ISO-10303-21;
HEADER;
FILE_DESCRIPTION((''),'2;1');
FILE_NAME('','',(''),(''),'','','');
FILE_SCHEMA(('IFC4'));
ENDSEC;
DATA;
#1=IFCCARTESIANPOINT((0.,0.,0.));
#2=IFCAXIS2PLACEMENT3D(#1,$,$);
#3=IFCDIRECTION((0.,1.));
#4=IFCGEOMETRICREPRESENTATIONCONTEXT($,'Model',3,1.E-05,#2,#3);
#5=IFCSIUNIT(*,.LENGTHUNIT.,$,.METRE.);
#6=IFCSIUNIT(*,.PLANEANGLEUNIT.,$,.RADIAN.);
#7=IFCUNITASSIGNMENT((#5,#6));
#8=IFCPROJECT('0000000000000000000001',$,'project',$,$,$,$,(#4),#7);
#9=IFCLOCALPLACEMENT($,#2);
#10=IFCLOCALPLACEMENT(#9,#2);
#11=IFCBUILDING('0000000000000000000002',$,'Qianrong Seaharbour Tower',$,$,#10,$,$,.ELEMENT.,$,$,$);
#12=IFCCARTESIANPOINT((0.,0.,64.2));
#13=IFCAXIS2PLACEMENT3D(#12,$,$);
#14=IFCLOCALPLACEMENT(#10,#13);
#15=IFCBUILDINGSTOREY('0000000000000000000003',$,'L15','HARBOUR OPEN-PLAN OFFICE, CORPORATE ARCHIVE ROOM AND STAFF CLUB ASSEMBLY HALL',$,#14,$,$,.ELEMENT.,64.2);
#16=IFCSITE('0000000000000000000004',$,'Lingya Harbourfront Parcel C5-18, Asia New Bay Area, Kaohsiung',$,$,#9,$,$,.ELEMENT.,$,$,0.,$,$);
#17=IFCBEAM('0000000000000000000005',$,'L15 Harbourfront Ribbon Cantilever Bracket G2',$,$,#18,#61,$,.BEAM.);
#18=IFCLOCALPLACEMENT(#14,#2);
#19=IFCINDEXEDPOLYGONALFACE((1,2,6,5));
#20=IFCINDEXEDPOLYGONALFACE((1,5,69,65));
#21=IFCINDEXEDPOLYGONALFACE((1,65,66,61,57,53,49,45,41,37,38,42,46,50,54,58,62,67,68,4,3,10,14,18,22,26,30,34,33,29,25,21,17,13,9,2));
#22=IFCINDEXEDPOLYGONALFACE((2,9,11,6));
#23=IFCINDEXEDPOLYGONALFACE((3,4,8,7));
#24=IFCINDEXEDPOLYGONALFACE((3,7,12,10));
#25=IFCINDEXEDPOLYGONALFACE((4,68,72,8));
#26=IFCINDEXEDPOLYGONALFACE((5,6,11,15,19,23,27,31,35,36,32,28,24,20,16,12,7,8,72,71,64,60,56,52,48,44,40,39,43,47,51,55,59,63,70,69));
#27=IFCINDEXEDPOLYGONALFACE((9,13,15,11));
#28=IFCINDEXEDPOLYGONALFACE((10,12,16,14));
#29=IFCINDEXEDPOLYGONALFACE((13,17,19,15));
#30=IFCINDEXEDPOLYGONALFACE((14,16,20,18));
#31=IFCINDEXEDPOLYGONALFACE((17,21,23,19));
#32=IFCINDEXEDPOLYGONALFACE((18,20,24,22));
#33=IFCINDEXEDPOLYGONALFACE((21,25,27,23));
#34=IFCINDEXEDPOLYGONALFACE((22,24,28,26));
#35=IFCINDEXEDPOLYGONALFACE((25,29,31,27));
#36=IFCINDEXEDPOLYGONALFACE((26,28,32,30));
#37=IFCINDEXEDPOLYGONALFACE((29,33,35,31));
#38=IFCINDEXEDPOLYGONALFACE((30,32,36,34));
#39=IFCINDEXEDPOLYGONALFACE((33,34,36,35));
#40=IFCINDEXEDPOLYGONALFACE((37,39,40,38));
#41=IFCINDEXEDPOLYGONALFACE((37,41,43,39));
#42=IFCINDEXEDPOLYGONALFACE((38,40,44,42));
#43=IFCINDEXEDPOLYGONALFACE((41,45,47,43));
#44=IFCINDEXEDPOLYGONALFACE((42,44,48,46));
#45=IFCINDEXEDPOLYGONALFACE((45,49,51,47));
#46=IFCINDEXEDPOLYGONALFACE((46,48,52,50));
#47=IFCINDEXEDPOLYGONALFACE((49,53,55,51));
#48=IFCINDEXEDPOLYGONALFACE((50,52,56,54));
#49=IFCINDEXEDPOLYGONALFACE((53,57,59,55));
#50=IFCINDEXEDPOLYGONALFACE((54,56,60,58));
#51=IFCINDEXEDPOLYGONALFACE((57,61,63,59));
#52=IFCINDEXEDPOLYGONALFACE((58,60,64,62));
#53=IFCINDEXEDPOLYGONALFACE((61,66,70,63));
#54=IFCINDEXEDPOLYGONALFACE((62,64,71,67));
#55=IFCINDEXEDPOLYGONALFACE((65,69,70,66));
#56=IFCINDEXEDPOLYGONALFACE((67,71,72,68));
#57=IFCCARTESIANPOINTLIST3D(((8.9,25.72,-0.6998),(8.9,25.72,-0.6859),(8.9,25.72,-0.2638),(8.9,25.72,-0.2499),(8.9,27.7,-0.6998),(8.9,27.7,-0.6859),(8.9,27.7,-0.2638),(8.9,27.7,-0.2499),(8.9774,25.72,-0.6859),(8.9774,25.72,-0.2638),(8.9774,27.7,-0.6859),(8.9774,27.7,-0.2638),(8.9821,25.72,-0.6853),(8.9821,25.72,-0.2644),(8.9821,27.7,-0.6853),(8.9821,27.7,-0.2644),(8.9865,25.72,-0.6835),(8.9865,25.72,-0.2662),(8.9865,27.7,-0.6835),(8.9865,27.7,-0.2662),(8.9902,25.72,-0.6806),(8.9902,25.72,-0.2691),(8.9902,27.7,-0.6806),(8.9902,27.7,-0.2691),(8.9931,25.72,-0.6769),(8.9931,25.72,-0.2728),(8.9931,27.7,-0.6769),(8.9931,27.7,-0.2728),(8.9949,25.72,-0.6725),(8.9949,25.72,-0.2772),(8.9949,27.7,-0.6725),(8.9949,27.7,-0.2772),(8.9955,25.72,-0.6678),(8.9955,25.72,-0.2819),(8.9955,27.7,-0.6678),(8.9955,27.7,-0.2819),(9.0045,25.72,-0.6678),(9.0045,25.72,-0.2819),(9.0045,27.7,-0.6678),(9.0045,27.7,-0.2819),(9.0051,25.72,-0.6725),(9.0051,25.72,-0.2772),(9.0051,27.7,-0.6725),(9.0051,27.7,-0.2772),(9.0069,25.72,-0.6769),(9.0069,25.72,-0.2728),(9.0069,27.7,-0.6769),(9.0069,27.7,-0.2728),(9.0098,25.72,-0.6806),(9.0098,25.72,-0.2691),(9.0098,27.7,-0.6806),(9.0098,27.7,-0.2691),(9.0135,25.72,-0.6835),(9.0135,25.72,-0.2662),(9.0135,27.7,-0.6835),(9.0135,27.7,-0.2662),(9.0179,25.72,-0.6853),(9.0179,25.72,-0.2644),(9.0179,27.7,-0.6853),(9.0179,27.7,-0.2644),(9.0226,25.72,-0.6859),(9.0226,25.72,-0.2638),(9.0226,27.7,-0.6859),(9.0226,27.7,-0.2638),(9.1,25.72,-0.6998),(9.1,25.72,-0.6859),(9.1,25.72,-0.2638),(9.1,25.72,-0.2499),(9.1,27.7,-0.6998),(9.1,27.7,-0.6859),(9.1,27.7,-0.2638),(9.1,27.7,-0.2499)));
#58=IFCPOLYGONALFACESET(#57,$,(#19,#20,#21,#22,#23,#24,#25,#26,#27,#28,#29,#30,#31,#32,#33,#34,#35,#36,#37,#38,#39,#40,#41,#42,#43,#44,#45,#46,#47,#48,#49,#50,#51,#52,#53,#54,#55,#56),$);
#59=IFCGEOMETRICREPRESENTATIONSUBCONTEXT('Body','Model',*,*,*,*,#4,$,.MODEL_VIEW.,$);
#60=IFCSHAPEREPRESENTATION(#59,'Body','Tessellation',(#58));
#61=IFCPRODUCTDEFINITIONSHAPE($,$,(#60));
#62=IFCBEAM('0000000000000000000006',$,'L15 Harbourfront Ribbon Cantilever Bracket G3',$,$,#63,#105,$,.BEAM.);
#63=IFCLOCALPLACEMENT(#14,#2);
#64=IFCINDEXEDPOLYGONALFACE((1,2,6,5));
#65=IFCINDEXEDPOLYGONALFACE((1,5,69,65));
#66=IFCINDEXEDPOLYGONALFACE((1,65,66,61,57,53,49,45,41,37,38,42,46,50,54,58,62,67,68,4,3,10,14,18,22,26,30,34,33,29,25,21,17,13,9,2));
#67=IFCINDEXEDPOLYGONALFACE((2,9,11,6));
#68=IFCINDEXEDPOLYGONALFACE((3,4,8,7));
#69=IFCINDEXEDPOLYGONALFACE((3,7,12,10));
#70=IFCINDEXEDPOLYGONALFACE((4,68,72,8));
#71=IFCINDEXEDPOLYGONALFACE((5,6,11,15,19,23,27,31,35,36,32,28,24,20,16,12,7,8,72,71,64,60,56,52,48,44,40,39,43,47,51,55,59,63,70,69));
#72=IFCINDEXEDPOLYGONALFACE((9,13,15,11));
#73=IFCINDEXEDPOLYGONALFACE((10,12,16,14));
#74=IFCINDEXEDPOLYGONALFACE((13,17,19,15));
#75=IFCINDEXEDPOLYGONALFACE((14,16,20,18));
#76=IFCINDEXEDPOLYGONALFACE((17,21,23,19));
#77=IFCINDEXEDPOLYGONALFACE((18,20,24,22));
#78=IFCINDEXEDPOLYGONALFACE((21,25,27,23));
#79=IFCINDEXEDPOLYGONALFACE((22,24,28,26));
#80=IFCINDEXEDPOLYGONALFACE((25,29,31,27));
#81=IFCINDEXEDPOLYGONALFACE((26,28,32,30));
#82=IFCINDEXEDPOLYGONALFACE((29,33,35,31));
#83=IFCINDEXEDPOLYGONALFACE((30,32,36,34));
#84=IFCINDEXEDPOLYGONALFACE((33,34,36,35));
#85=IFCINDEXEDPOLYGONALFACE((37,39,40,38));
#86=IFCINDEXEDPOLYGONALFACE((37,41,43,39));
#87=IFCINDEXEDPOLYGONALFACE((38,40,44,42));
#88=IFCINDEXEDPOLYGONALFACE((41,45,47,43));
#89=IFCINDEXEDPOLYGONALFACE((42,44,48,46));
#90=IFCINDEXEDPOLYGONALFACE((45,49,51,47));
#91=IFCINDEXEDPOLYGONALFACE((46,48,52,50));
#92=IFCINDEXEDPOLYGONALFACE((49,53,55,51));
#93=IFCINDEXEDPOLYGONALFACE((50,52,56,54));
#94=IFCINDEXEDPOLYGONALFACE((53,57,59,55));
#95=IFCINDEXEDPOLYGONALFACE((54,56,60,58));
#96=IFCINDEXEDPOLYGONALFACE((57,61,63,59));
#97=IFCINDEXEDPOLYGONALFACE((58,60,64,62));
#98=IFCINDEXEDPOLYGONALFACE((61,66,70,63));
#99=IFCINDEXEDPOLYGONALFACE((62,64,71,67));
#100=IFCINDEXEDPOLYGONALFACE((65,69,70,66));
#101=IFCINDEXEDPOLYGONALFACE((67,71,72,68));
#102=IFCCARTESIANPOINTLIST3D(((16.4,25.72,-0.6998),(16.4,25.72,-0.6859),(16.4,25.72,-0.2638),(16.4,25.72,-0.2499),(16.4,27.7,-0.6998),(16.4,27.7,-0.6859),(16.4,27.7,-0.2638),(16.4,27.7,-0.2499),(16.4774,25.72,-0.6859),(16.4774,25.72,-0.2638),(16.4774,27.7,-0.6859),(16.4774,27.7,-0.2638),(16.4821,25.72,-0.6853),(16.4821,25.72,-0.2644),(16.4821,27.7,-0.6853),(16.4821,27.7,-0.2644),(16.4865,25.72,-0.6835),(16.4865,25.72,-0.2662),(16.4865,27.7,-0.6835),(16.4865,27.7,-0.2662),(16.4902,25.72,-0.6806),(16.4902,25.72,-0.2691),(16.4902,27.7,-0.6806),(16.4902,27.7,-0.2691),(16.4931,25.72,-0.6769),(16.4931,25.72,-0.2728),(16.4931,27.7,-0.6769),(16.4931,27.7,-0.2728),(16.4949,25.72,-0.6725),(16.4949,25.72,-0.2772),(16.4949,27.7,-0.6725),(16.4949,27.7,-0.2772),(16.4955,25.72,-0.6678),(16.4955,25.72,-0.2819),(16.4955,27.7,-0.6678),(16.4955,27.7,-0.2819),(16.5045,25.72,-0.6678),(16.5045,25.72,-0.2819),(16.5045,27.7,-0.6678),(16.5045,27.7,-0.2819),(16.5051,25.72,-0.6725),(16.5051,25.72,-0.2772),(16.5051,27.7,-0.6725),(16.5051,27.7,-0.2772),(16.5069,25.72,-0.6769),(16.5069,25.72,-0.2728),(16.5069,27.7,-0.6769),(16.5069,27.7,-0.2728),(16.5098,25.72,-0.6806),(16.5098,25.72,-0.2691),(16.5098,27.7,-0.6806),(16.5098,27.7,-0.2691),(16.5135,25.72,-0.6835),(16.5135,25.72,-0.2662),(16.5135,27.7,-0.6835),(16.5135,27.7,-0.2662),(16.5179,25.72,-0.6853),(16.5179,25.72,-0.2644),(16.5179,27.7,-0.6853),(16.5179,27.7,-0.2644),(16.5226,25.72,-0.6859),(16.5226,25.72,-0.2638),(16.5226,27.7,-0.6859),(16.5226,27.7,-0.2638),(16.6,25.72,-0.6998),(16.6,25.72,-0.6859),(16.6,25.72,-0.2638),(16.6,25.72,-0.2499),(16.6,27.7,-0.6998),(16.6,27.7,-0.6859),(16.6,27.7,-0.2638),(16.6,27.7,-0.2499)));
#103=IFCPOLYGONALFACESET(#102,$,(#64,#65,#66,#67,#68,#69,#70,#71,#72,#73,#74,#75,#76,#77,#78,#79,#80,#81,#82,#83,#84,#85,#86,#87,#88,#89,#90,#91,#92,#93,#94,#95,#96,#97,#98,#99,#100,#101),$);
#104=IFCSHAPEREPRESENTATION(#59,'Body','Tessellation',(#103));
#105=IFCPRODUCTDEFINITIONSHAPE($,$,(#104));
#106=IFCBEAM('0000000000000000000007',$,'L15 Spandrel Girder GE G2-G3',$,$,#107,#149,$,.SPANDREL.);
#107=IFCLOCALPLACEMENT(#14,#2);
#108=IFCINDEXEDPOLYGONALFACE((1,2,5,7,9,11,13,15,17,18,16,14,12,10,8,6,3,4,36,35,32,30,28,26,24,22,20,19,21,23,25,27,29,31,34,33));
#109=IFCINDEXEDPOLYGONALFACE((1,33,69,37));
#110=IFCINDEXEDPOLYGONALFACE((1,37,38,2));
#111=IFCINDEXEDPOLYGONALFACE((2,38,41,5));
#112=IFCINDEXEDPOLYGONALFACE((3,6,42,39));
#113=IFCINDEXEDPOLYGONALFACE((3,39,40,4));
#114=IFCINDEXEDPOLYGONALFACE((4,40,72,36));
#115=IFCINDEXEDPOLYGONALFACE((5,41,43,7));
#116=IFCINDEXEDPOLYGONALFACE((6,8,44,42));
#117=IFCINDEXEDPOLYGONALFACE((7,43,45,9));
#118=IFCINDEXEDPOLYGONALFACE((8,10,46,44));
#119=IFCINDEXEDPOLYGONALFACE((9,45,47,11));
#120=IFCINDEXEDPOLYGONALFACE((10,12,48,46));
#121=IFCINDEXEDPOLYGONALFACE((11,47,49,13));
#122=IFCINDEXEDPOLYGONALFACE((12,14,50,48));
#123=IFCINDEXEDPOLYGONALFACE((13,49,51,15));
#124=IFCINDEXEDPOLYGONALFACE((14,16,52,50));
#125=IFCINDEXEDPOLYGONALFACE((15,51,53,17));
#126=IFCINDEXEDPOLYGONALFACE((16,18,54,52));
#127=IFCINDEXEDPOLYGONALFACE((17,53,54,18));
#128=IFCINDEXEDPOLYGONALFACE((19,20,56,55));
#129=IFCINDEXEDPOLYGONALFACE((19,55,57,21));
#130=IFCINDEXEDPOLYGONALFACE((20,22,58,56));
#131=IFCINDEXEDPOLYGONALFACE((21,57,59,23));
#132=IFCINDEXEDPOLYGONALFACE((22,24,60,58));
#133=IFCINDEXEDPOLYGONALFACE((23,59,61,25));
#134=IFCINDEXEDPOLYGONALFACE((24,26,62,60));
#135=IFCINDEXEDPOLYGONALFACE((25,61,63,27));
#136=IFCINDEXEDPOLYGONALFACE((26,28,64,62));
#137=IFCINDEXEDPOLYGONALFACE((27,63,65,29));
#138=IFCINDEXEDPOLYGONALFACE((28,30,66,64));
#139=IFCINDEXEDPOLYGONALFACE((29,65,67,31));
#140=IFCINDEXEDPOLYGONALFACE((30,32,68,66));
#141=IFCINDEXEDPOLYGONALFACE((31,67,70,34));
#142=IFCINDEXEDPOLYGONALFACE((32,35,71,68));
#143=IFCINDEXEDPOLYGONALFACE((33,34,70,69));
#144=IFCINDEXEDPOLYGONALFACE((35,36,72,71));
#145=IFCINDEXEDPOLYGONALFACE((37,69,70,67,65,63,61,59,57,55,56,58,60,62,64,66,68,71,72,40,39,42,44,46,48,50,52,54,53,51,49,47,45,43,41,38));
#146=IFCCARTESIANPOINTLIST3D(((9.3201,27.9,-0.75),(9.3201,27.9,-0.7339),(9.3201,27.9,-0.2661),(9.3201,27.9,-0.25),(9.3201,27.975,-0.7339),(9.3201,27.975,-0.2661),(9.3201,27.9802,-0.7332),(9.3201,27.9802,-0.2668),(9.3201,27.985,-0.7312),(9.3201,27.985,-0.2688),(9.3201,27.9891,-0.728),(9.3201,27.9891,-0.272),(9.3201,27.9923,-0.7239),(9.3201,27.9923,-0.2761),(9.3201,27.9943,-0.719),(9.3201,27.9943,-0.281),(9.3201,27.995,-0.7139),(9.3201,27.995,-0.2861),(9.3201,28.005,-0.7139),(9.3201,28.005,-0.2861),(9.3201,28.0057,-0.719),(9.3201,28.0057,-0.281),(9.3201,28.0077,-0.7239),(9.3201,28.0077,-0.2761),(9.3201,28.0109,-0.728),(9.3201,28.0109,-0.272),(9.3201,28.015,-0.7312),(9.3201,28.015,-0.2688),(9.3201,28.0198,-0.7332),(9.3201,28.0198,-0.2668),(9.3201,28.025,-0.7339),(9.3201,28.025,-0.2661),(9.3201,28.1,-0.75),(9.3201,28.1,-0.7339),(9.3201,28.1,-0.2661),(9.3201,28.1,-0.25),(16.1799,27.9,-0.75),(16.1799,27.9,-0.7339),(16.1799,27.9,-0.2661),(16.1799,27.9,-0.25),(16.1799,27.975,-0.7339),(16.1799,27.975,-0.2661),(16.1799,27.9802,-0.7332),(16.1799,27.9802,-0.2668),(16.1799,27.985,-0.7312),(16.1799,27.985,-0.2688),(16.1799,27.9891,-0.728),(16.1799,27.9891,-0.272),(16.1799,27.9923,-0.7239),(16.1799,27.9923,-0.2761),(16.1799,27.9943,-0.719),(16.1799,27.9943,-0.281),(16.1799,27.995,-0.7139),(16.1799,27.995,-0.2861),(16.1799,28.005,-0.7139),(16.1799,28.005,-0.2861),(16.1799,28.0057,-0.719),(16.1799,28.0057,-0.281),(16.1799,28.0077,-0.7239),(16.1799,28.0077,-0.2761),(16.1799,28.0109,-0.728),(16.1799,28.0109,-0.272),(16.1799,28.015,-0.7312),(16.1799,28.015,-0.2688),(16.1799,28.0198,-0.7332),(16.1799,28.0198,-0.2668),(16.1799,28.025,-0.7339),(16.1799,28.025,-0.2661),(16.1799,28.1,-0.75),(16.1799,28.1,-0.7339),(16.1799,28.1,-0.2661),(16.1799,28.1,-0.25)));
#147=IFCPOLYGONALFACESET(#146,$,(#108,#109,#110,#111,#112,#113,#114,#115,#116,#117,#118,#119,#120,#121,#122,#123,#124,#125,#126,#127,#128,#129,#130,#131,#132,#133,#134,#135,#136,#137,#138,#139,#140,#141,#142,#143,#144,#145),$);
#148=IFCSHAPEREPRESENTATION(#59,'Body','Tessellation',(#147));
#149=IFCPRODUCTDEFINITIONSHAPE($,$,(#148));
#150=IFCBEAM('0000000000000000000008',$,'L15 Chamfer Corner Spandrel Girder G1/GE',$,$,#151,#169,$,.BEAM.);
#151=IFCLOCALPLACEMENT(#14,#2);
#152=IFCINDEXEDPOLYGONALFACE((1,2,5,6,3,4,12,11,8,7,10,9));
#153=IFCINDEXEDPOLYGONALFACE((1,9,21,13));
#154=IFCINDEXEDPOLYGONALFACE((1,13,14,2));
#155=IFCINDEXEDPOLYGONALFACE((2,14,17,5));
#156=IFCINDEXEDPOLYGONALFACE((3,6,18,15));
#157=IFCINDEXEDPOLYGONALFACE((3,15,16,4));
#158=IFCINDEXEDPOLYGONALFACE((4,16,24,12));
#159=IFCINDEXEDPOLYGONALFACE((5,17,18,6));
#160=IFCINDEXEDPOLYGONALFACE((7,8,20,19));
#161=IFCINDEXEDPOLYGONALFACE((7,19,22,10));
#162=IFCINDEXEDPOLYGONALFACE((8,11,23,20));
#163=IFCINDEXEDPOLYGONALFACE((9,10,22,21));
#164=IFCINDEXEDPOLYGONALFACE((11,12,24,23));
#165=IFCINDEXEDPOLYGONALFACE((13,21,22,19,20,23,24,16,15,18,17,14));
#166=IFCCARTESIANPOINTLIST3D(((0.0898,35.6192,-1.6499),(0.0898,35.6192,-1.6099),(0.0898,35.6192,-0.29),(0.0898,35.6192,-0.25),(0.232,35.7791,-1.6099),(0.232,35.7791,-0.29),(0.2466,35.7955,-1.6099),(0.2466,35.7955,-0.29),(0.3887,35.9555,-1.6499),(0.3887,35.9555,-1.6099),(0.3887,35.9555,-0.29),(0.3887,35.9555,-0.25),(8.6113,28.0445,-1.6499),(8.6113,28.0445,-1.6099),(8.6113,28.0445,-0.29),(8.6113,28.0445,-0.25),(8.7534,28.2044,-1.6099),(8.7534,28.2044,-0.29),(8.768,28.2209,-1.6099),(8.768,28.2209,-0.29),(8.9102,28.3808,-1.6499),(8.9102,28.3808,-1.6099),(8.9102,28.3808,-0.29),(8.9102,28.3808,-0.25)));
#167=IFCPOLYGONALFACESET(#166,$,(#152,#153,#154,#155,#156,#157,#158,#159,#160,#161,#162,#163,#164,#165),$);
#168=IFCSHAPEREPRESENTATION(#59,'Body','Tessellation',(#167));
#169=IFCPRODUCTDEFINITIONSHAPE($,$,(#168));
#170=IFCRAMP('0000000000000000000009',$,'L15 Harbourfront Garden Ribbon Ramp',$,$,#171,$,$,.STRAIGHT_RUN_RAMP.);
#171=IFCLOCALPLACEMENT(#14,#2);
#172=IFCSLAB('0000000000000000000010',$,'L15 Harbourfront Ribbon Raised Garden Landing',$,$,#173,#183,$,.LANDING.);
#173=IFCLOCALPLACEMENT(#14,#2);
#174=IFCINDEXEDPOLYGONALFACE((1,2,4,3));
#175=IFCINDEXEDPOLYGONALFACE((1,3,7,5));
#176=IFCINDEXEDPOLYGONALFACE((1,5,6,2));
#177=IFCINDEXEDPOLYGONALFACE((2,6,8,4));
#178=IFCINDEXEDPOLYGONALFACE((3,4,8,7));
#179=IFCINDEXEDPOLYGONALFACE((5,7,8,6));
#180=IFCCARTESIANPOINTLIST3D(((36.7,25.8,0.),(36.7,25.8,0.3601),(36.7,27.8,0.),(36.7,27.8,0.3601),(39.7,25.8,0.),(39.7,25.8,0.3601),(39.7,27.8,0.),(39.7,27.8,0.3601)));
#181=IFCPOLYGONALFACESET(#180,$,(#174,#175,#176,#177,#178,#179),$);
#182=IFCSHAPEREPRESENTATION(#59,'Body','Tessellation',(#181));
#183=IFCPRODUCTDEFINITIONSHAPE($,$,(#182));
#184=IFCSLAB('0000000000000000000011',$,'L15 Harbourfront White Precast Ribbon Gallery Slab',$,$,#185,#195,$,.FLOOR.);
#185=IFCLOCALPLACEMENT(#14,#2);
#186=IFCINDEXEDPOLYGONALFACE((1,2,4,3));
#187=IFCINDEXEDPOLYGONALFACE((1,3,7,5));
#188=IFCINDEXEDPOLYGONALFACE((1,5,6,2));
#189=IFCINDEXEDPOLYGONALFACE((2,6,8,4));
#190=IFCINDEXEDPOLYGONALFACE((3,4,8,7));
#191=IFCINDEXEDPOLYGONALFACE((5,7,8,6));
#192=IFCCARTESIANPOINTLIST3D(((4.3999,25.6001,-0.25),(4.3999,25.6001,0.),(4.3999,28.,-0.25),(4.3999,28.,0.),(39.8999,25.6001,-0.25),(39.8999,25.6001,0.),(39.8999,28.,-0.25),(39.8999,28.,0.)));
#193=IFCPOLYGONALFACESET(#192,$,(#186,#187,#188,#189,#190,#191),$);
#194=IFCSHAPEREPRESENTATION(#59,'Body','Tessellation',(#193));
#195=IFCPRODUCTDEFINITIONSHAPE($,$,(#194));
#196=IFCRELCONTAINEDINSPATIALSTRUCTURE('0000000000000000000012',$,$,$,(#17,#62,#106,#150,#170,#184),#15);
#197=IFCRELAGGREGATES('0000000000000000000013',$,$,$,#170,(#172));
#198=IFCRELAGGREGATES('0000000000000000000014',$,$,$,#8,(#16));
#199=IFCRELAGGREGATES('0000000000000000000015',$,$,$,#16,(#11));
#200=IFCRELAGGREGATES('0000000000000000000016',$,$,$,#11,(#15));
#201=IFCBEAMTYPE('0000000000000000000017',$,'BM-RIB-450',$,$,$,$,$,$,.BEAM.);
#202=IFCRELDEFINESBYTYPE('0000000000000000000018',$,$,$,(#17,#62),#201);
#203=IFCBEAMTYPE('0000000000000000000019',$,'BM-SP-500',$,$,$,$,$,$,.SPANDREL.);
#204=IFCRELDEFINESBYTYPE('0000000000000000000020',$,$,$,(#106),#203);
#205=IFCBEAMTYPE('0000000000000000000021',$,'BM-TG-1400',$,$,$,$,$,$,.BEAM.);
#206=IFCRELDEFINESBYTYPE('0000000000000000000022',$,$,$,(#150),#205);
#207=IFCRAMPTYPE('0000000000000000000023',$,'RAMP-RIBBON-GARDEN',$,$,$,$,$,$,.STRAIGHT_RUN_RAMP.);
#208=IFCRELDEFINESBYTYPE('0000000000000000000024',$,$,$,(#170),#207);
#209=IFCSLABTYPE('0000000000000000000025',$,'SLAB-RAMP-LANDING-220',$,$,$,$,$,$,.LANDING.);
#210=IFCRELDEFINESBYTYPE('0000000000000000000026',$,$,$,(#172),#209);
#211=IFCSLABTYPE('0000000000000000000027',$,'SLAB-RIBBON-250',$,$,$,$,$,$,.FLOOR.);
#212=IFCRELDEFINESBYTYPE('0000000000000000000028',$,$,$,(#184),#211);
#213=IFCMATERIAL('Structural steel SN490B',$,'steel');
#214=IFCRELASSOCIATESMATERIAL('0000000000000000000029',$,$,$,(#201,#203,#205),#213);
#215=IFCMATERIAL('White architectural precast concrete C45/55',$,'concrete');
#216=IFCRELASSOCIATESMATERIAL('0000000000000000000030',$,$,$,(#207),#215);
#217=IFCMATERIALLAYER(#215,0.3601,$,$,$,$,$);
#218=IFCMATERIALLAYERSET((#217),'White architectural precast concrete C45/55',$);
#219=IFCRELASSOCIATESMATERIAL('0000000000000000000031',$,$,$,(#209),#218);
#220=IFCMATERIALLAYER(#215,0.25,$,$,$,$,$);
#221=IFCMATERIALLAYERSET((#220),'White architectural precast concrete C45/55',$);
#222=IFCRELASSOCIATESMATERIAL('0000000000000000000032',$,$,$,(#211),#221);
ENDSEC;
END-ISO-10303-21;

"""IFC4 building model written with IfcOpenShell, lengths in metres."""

from ifc_helpers import new_model, si_unit, direction, frame, origin, origin_2d, place, context, subcontext, project, spatial, polyline, i_section, outline, extrude, material, layer, layer_set, material_profile, profile_set, type_object, element, aggregate, save


model = new_model("IFC4")

# Units and contexts
model_context = context("Model", 3, precision=1e-05, world=origin(), true_north=direction((0.0, 1.0)))
body_context = subcontext(model_context, "Body", "Model", "MODEL_VIEW")
ifc_project = project(units=[si_unit("LENGTHUNIT", "METRE"), si_unit("PLANEANGLEUNIT", "RADIAN")], contexts=[model_context])

# Site, building, storey
site_placement = place(None, origin())
site = spatial("IfcSite", under=ifc_project, at=site_placement, Name="Lingya Harbourfront Parcel C5-18, Asia New Bay Area, Kaohsiung", CompositionType="ELEMENT", RefElevation=0.0)
building_placement = place(site_placement, origin())
building = spatial("IfcBuilding", under=site, at=building_placement, Name="Qianrong Seaharbour Tower", CompositionType="ELEMENT")
storey_placement = place(building_placement, frame((0.0, 0.0, 64.2)))
storey = spatial("IfcBuildingStorey", under=building, at=storey_placement, Name="L15", Description="HARBOUR OPEN-PLAN OFFICE, CORPORATE ARCHIVE ROOM AND STAFF CLUB ASSEMBLY HALL", CompositionType="ELEMENT", Elevation=64.2)

# Shared definitions
ifc_material_1 = material(Name="Structural steel SN490B", Category="steel")

# Beams
ifc_material_profile_1 = material_profile(ifc_material_1, i_section(OverallWidth=0.2, OverallDepth=0.45, WebThickness=0.009, FlangeThickness=0.0139, FilletRadius=0.0181, at=origin_2d()), Name="H450x200x9x14")
ifc_profile_set_1 = profile_set([ifc_material_profile_1], Name="Structural steel SN490B")
beam_type_1 = type_object("IfcBeamType", Name="BM-RIB-450", PredefinedType="BEAM", material=ifc_profile_set_1)
for number, where, z_axis, x_axis, name in (
    (1, (9.0, 27.7, -0.4749), (0.0, -1.0, 0.0), (1.0, 0.0, 0.0), "L15 Harbourfront Ribbon Cantilever Bracket G2"),
    (2, (16.5, 27.7, -0.4749), (0.0, -1.0, 0.0), (1.0, 0.0, 0.0), "L15 Harbourfront Ribbon Cantilever Bracket G3"),
):
    element("IfcBeam", number, at=place(storey_placement, frame(where, z_axis=z_axis, x_axis=x_axis)), inside=storey, type_object=beam_type_1, Name=name, PredefinedType="BEAM", context=body_context, shape_type="SweptSolid", body=[
        extrude(i_section(OverallWidth=0.2, OverallDepth=0.45, WebThickness=0.009, FlangeThickness=0.0139, FilletRadius=0.0181, at=origin_2d()), origin(), (0.0, 0.0, 1.0), 1.98),
    ])
ifc_material_profile_2 = material_profile(ifc_material_1, i_section(OverallWidth=0.2, OverallDepth=0.5, WebThickness=0.01, FlangeThickness=0.0161, FilletRadius=0.02, at=origin_2d()), Name="H500x200x10x16")
ifc_profile_set_2 = profile_set([ifc_material_profile_2], Name="Structural steel SN490B")
beam_type_2 = type_object("IfcBeamType", Name="BM-SP-500", PredefinedType="SPANDREL", material=ifc_profile_set_2)
beam_1_placement = place(storey_placement, frame((9.3201, 28.0, -0.5), z_axis=(1.0, 0.0, 0.0), x_axis=(0.0, 1.0, 0.0)))
element("IfcBeam", 3, at=beam_1_placement, inside=storey, type_object=beam_type_2, Name="L15 Spandrel Girder GE G2-G3", PredefinedType="SPANDREL", context=body_context, shape_type="SweptSolid", body=[
    extrude(i_section(OverallWidth=0.2, OverallDepth=0.5, WebThickness=0.01, FlangeThickness=0.0161, FilletRadius=0.02, at=origin_2d()), origin(), (0.0, 0.0, 1.0), 6.8599),
])
ifc_material_profile_3 = material_profile(ifc_material_1, i_section(OverallWidth=0.45, OverallDepth=1.3999, WebThickness=0.022, FlangeThickness=0.04, at=origin_2d()), Name="BH1400x450x22x40")
ifc_profile_set_3 = profile_set([ifc_material_profile_3], Name="Structural steel SN490B")
beam_type_3 = type_object("IfcBeamType", Name="BM-TG-1400", PredefinedType="BEAM", material=ifc_profile_set_3)
beam_2_placement = place(storey_placement, frame((8.7607, 28.2126, -0.95), z_axis=(-0.747407, 0.664366, 0.0), x_axis=(-0.664366, -0.747407, 0.0)))
element("IfcBeam", 4, at=beam_2_placement, inside=storey, type_object=beam_type_3, Name="L15 Chamfer Corner Spandrel Girder G1/GE", PredefinedType="BEAM", context=body_context, shape_type="SweptSolid", body=[
    extrude(i_section(OverallWidth=0.45, OverallDepth=1.3999, WebThickness=0.022, FlangeThickness=0.04, at=origin_2d()), origin(), (0.0, 0.0, 1.0), 11.4014),
])

# Ramp, slab
ifc_material_2 = material(Name="White architectural precast concrete C45/55", Category="concrete")
ramp_type = type_object("IfcRampType", Name="RAMP-RIBBON-GARDEN", PredefinedType="STRAIGHT_RUN_RAMP", material=ifc_material_2)
ramp_placement = place(storey_placement, origin())
ramp = element("IfcRamp", 5, at=ramp_placement, inside=storey, type_object=ramp_type, Name="L15 Harbourfront Garden Ribbon Ramp", PredefinedType="STRAIGHT_RUN_RAMP")
ifc_layer_1 = layer(ifc_material_2, 0.3601)
ifc_layer_set_1 = layer_set([ifc_layer_1], Name="White architectural precast concrete C45/55")
slab_type_1 = type_object("IfcSlabType", Name="SLAB-RAMP-LANDING-220", PredefinedType="LANDING", material=ifc_layer_set_1)
slab_1_placement = place(storey_placement, origin())
slab_1 = element("IfcSlab", 6, at=slab_1_placement, type_object=slab_type_1, Name="L15 Harbourfront Ribbon Raised Garden Landing", PredefinedType="LANDING", context=body_context, shape_type="SweptSolid", body=[
    extrude(outline(polyline([(36.7, 25.8), (39.7, 25.8), (39.7, 27.8), (36.7, 27.8), (36.7, 25.8)])), origin(), (0.0, 0.0, 1.0), 0.3601),
])
aggregate(ramp, [slab_1])

# Slab
ifc_layer_2 = layer(ifc_material_2, 0.25)
ifc_layer_set_2 = layer_set([ifc_layer_2], Name="White architectural precast concrete C45/55")
slab_type_2 = type_object("IfcSlabType", Name="SLAB-RIBBON-250", PredefinedType="FLOOR", material=ifc_layer_set_2)
slab_2_placement = place(storey_placement, frame((0.0, 0.0, -0.25)))
element("IfcSlab", 7, at=slab_2_placement, inside=storey, type_object=slab_type_2, Name="L15 Harbourfront White Precast Ribbon Gallery Slab", PredefinedType="FLOOR", context=body_context, shape_type="SweptSolid", body=[
    extrude(outline(polyline([(4.3999, 25.6001), (39.8999, 25.6001), (39.8999, 28.0), (4.3999, 28.0), (4.3999, 25.6001)])), origin(), (0.0, 0.0, 1.0), 0.25),
])

save(model, "model.ifc")
